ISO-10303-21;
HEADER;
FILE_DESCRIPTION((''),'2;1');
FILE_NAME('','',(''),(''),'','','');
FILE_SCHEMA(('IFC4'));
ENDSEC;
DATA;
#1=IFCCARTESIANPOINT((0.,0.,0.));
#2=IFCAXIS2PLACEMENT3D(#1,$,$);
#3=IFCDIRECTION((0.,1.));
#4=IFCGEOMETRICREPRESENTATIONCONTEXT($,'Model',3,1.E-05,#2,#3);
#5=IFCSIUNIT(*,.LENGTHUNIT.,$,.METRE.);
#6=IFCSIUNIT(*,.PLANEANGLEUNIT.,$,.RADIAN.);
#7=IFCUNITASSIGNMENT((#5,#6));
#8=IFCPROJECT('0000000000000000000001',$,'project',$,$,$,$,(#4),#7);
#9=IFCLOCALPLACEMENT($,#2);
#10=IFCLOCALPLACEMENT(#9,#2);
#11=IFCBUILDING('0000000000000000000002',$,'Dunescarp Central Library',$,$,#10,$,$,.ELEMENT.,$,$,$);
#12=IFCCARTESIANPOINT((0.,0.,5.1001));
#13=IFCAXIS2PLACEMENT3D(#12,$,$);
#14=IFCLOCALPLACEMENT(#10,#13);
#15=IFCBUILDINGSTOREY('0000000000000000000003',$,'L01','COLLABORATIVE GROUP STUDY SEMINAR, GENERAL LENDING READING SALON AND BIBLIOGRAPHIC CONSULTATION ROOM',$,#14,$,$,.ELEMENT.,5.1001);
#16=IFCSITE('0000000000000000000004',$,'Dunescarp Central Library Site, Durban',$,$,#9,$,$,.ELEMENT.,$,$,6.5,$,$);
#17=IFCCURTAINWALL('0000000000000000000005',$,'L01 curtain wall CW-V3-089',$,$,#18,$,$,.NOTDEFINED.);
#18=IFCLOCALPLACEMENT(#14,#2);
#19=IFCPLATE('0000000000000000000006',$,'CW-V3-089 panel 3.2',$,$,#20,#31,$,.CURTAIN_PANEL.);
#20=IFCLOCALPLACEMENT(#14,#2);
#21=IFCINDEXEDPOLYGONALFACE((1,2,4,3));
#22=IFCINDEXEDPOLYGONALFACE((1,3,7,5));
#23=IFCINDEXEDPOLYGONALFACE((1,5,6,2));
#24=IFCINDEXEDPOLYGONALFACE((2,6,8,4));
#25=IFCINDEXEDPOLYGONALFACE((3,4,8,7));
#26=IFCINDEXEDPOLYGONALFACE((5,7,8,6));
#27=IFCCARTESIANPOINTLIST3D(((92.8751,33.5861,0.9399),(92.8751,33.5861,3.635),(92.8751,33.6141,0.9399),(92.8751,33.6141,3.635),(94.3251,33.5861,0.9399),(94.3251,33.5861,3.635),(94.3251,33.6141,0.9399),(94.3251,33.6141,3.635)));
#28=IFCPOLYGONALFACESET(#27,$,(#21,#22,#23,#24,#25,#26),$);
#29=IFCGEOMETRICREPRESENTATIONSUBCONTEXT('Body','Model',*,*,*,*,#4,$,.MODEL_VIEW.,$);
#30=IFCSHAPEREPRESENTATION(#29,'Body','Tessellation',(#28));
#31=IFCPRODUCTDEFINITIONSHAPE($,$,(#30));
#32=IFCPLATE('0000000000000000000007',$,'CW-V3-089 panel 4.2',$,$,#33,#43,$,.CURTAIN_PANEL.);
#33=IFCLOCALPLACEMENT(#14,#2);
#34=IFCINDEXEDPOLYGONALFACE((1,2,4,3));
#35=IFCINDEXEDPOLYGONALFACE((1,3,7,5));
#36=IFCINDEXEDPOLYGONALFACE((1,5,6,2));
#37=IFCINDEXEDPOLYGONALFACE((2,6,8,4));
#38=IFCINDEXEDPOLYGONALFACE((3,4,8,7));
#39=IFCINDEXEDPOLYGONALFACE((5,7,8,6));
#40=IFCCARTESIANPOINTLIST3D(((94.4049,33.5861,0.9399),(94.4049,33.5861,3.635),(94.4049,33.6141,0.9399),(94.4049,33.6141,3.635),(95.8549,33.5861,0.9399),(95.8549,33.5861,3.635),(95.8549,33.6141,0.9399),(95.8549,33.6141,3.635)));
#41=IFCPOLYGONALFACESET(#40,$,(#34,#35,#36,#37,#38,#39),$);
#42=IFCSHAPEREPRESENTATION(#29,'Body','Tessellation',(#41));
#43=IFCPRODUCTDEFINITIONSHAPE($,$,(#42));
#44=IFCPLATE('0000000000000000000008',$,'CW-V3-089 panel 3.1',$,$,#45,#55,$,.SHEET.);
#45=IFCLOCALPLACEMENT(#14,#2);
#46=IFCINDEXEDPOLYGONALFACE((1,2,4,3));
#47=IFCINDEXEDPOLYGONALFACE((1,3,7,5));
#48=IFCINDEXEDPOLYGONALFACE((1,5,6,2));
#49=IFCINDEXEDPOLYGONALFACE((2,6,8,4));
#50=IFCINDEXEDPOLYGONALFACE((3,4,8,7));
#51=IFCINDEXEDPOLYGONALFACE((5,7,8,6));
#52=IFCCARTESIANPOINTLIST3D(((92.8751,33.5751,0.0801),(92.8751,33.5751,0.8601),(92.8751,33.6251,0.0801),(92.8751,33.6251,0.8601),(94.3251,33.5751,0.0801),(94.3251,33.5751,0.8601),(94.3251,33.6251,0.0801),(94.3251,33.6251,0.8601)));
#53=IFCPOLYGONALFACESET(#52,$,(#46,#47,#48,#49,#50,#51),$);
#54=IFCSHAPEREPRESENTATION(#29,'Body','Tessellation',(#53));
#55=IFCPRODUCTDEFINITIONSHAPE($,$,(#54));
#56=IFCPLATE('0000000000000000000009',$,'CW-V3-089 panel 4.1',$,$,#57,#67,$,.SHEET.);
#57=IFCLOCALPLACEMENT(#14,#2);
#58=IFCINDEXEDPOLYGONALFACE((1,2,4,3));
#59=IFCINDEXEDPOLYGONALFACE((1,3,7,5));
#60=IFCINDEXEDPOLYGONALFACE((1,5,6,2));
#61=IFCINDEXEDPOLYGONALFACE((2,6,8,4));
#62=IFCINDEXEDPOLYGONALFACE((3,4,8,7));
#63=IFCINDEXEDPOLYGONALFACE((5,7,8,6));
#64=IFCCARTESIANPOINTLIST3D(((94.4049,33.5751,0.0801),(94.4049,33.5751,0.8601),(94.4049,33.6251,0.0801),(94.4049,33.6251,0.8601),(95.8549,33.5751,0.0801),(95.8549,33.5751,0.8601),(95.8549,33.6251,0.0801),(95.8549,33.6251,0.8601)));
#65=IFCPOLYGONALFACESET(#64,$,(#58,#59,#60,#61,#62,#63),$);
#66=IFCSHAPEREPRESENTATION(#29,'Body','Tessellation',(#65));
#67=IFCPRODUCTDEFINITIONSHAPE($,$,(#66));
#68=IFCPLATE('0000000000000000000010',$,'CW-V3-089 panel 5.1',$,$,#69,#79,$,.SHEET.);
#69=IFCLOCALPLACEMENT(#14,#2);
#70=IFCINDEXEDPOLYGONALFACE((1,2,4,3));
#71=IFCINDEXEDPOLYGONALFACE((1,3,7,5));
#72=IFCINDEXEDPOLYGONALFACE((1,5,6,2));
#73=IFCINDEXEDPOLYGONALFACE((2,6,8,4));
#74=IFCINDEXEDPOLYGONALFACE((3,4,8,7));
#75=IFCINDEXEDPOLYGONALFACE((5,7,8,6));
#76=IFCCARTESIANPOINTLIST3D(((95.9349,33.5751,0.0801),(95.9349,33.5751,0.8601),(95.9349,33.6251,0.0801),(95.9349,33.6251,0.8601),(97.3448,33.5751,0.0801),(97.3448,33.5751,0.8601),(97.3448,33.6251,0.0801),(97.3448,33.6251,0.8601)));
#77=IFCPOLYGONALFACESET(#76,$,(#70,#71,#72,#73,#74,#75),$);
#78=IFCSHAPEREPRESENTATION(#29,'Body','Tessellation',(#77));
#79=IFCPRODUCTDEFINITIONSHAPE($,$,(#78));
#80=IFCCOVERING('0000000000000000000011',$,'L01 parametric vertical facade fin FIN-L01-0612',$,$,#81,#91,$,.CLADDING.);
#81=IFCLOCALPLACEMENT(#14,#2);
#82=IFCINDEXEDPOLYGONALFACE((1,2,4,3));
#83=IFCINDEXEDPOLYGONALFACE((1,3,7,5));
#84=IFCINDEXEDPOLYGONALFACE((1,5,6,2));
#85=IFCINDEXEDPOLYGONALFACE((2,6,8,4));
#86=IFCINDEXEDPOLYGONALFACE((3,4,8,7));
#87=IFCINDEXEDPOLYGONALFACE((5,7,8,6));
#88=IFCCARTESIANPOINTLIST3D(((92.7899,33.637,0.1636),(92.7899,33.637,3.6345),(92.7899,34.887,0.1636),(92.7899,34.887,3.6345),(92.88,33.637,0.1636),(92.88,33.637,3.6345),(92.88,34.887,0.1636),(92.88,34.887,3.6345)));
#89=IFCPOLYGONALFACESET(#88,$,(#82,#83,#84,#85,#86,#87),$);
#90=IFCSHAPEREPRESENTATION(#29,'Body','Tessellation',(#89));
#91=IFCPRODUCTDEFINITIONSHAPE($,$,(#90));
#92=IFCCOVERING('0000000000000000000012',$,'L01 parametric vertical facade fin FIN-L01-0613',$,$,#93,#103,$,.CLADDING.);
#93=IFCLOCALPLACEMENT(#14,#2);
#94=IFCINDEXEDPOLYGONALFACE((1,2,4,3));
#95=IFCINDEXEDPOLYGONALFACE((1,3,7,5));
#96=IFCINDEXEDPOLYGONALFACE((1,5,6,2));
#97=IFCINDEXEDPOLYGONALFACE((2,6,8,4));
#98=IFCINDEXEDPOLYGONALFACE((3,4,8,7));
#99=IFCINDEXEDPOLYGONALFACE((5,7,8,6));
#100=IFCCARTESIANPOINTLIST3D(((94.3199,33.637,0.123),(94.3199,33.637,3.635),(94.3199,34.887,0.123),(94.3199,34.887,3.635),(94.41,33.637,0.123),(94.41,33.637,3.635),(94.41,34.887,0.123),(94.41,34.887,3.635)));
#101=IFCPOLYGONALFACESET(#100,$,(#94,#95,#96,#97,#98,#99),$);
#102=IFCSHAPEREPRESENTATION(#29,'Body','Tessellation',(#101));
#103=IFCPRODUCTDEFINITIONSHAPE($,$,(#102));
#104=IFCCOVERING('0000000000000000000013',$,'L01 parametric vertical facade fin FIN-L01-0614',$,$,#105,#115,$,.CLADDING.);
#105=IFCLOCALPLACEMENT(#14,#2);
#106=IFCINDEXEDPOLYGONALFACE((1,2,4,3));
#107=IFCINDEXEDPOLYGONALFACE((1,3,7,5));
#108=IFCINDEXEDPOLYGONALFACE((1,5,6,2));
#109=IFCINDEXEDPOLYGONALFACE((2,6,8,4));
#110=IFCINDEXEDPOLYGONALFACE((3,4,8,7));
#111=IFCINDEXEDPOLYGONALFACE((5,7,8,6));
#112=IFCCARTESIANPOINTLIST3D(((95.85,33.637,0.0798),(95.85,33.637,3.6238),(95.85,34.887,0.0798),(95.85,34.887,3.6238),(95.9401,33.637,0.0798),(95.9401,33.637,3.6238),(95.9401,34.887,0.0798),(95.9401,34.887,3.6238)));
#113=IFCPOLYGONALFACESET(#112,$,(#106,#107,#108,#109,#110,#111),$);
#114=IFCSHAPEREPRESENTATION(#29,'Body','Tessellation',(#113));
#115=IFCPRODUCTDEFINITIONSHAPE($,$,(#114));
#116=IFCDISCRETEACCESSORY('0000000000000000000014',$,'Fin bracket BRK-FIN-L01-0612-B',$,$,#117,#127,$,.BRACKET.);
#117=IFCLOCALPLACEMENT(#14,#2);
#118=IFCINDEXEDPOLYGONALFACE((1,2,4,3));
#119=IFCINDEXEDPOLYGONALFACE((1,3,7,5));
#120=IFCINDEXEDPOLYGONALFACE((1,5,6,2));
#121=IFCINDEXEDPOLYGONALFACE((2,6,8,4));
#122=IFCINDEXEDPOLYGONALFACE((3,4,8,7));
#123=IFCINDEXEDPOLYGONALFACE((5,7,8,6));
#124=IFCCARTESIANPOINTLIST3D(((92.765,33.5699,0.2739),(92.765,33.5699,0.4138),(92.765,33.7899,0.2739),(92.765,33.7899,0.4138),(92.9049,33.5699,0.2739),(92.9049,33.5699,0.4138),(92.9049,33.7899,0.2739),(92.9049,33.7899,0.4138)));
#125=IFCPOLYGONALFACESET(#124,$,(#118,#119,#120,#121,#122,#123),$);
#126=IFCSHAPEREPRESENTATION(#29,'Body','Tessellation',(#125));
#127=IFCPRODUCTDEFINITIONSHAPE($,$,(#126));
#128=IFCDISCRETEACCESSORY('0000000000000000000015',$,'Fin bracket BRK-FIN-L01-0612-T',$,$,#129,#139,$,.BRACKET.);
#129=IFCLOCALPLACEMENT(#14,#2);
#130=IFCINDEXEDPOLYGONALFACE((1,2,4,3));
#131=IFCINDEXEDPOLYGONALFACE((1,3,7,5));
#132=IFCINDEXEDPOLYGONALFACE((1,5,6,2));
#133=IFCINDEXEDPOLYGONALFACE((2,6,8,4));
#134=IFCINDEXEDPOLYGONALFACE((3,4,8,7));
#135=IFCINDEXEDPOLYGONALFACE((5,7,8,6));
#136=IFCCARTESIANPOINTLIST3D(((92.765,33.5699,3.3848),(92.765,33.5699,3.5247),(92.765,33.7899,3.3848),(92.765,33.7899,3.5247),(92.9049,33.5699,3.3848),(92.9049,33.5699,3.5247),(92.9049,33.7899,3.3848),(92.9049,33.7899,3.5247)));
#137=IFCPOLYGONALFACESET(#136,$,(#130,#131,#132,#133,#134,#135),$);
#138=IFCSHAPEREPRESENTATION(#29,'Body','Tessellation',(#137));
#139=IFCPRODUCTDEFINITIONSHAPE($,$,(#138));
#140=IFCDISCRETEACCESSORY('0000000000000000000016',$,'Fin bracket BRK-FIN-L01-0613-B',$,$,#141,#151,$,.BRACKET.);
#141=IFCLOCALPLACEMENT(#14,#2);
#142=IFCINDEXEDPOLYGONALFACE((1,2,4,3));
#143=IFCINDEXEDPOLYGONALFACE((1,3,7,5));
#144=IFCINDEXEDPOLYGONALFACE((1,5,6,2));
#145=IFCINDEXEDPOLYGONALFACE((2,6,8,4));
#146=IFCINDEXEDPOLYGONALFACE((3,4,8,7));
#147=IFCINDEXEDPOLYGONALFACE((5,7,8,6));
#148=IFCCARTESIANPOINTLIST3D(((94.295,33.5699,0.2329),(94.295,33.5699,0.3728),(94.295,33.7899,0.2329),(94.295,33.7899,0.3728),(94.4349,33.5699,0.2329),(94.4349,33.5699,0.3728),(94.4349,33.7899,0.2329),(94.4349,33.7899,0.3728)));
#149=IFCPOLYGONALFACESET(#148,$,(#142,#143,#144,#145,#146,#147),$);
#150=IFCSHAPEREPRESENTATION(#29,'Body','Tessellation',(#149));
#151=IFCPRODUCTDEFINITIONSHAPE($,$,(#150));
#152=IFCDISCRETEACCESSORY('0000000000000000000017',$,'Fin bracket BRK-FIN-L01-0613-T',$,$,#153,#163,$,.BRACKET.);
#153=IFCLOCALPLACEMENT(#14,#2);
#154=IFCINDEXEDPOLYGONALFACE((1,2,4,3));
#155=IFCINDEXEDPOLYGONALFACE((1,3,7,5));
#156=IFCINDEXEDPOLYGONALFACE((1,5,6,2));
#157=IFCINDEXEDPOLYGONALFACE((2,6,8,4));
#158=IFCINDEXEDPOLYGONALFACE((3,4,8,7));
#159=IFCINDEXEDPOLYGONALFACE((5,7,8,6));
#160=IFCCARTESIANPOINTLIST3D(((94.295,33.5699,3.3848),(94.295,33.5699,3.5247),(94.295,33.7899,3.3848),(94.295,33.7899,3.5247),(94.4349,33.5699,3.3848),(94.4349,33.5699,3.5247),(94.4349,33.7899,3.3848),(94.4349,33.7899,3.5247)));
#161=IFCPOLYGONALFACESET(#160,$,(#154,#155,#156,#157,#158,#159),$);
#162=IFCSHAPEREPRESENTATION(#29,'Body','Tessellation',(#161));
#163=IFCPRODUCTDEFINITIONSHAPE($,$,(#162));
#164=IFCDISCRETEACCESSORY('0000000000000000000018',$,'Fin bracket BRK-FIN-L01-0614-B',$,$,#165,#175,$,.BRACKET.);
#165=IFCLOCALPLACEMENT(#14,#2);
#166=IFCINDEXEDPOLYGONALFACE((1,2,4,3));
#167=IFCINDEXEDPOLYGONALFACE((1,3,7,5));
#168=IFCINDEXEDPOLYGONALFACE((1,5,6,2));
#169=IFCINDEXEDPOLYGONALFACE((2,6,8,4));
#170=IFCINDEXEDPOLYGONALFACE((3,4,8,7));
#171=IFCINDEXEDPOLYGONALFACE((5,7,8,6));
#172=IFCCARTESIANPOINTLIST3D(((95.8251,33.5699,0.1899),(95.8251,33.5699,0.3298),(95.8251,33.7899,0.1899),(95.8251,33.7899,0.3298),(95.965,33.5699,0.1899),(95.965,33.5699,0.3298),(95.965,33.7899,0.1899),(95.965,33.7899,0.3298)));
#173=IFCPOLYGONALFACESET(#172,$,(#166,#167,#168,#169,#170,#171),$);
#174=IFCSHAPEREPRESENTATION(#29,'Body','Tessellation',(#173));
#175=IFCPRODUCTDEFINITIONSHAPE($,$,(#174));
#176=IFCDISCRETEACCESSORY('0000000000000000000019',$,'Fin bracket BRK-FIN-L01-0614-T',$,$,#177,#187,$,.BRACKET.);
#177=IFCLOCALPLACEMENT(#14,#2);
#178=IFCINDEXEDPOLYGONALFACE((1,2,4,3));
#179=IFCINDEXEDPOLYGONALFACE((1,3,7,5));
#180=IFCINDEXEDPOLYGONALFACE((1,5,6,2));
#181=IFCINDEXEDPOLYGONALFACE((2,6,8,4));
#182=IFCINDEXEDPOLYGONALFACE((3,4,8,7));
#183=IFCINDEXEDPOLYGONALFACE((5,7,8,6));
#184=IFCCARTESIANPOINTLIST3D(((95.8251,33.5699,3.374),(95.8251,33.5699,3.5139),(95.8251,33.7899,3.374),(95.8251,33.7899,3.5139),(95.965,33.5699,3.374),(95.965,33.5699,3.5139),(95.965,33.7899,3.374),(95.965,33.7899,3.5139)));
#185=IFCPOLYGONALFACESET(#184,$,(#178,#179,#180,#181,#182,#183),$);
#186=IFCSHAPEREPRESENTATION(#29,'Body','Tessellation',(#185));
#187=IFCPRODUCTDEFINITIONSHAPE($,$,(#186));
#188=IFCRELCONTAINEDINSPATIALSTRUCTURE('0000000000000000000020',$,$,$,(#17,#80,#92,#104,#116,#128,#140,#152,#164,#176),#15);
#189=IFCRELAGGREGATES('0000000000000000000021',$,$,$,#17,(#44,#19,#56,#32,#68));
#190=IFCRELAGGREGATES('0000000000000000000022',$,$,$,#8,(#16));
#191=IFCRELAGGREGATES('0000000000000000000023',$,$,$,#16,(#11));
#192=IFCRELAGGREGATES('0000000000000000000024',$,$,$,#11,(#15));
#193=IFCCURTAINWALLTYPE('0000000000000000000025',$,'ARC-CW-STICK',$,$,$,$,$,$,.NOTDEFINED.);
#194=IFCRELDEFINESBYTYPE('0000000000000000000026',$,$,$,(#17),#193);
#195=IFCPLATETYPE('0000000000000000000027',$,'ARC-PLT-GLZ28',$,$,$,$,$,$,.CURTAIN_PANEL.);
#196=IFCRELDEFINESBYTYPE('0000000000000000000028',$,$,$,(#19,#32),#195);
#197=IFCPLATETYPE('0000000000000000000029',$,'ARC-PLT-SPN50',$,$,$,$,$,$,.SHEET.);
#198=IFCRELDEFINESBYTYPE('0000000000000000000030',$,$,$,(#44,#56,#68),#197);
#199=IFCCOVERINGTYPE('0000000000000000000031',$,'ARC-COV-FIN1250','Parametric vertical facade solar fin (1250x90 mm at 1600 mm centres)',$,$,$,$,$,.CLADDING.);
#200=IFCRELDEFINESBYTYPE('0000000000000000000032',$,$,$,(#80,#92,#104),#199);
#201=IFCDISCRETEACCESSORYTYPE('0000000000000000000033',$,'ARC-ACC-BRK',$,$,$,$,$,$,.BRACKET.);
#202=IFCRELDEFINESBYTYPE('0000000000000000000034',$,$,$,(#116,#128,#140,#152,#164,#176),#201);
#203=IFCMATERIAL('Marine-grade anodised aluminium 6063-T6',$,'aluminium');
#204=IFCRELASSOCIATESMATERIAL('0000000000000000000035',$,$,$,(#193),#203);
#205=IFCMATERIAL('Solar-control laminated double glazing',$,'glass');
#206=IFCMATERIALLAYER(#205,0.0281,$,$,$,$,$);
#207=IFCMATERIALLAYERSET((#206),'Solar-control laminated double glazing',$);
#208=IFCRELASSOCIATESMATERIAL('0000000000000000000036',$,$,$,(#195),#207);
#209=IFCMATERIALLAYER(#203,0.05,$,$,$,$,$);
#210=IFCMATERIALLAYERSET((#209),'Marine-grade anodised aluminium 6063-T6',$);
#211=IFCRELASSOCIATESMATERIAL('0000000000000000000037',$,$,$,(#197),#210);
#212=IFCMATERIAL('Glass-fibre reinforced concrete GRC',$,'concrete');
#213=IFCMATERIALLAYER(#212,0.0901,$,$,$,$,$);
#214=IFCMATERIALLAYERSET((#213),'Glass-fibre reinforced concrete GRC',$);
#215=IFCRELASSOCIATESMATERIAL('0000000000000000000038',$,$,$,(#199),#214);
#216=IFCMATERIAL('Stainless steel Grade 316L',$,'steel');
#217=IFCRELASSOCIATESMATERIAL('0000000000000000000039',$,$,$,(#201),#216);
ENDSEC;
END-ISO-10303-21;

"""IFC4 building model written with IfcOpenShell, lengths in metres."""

from ifc_helpers import new_model, si_unit, direction, frame, origin, origin_2d, place, context, subcontext, project, spatial, rectangle, extrude, material, layer, layer_set, type_object, element, aggregate, save


model = new_model("IFC4")

# Units and contexts
model_context = context("Model", 3, precision=1e-05, world=origin(), true_north=direction((0.0, 1.0)))
body_context = subcontext(model_context, "Body", "Model", "MODEL_VIEW")
ifc_project = project(units=[si_unit("LENGTHUNIT", "METRE"), si_unit("PLANEANGLEUNIT", "RADIAN")], contexts=[model_context])

# Site, building, storey
site_placement = place(None, origin())
site = spatial("IfcSite", under=ifc_project, at=site_placement, Name="Dunescarp Central Library Site, Durban", CompositionType="ELEMENT", RefElevation=6.5)
building_placement = place(site_placement, origin())
building = spatial("IfcBuilding", under=site, at=building_placement, Name="Dunescarp Central Library", CompositionType="ELEMENT")
storey_placement = place(building_placement, frame((0.0, 0.0, 5.1001)))
storey = spatial("IfcBuildingStorey", under=building, at=storey_placement, Name="L01", Description="COLLABORATIVE GROUP STUDY SEMINAR, GENERAL LENDING READING SALON AND BIBLIOGRAPHIC CONSULTATION ROOM", CompositionType="ELEMENT", Elevation=5.1001)

# Curtain wall
ifc_material_1 = material(Name="Marine-grade anodised aluminium 6063-T6", Category="aluminium")
curtain_wall_type = type_object("IfcCurtainWallType", Name="ARC-CW-STICK", PredefinedType="NOTDEFINED", material=ifc_material_1)
curtain_wall_placement = place(storey_placement, origin())
curtain_wall = element("IfcCurtainWall", 1, at=curtain_wall_placement, inside=storey, type_object=curtain_wall_type, Name="L01 curtain wall CW-V3-089", PredefinedType="NOTDEFINED")

# Plates
ifc_material_2 = material(Name="Solar-control laminated double glazing", Category="glass")
ifc_layer_1 = layer(ifc_material_2, 0.0281)
ifc_layer_set_1 = layer_set([ifc_layer_1], Name="Solar-control laminated double glazing")
plate_type_1 = type_object("IfcPlateType", Name="ARC-PLT-GLZ28", PredefinedType="CURTAIN_PANEL", material=ifc_layer_set_1)
plate_1_placement = place(storey_placement, frame((93.6001, 33.6001, 0.9399), z_axis=(0.0, 0.0, 1.0), x_axis=(1.0, 0.0, 0.0)))
plate_1 = element("IfcPlate", 2, at=plate_1_placement, type_object=plate_type_1, Name="CW-V3-089 panel 3.2", PredefinedType="CURTAIN_PANEL", context=body_context, shape_type="SweptSolid", body=[
    extrude(rectangle(XDim=1.45, YDim=0.0281, at=origin_2d()), origin(), (0.0, 0.0, 1.0), 2.6951),
])
plate_2_placement = place(storey_placement, frame((95.1299, 33.6001, 0.9399), z_axis=(0.0, 0.0, 1.0), x_axis=(1.0, 0.0, 0.0)))
plate_2 = element("IfcPlate", 3, at=plate_2_placement, type_object=plate_type_1, Name="CW-V3-089 panel 4.2", PredefinedType="CURTAIN_PANEL", context=body_context, shape_type="SweptSolid", body=[
    extrude(rectangle(XDim=1.45, YDim=0.0281, at=origin_2d()), origin(), (0.0, 0.0, 1.0), 2.6951),
])
ifc_layer_2 = layer(ifc_material_1, 0.05)
ifc_layer_set_2 = layer_set([ifc_layer_2], Name="Marine-grade anodised aluminium 6063-T6")
plate_type_2 = type_object("IfcPlateType", Name="ARC-PLT-SPN50", PredefinedType="SHEET", material=ifc_layer_set_2)
plate_3_placement = place(storey_placement, frame((93.6001, 33.6001, 0.0801), z_axis=(0.0, 0.0, 1.0), x_axis=(1.0, 0.0, 0.0)))
plate_3 = element("IfcPlate", 4, at=plate_3_placement, type_object=plate_type_2, Name="CW-V3-089 panel 3.1", PredefinedType="SHEET", context=body_context, shape_type="SweptSolid", body=[
    extrude(rectangle(XDim=1.45, YDim=0.05, at=origin_2d()), origin(), (0.0, 0.0, 1.0), 0.78),
])
plate_4_placement = place(storey_placement, frame((95.1299, 33.6001, 0.0801), z_axis=(0.0, 0.0, 1.0), x_axis=(1.0, 0.0, 0.0)))
plate_4 = element("IfcPlate", 5, at=plate_4_placement, type_object=plate_type_2, Name="CW-V3-089 panel 4.1", PredefinedType="SHEET", context=body_context, shape_type="SweptSolid", body=[
    extrude(rectangle(XDim=1.45, YDim=0.05, at=origin_2d()), origin(), (0.0, 0.0, 1.0), 0.78),
])
plate_5_placement = place(storey_placement, frame((96.6399, 33.6001, 0.0801), z_axis=(0.0, 0.0, 1.0), x_axis=(1.0, 0.0, 0.0)))
plate_5 = element("IfcPlate", 6, at=plate_5_placement, type_object=plate_type_2, Name="CW-V3-089 panel 5.1", PredefinedType="SHEET", context=body_context, shape_type="SweptSolid", body=[
    extrude(rectangle(XDim=1.4099, YDim=0.05, at=origin_2d()), origin(), (0.0, 0.0, 1.0), 0.78),
])
aggregate(curtain_wall, [plate_3, plate_1, plate_4, plate_2, plate_5])

# Coverings
ifc_material_3 = material(Name="Glass-fibre reinforced concrete GRC", Category="concrete")
ifc_layer_3 = layer(ifc_material_3, 0.0901)
ifc_layer_set_3 = layer_set([ifc_layer_3], Name="Glass-fibre reinforced concrete GRC")
covering_type = type_object("IfcCoveringType", Name="ARC-COV-FIN1250", Description="Parametric vertical facade solar fin (1250x90 mm at 1600 mm centres)", PredefinedType="CLADDING", material=ifc_layer_set_3)
covering_1_placement = place(storey_placement, frame((92.835, 34.262, 0.1636), z_axis=(0.0, 0.0, 1.0), x_axis=(0.0, 1.0, 0.0)))
element("IfcCovering", 7, at=covering_1_placement, inside=storey, type_object=covering_type, Name="L01 parametric vertical facade fin FIN-L01-0612", PredefinedType="CLADDING", context=body_context, shape_type="SweptSolid", body=[
    extrude(rectangle(XDim=1.25, YDim=0.0901, at=origin_2d()), origin(), (0.0, 0.0, 1.0), 3.4709),
])
covering_2_placement = place(storey_placement, frame((94.365, 34.262, 0.123), z_axis=(0.0, 0.0, 1.0), x_axis=(0.0, 1.0, 0.0)))
element("IfcCovering", 8, at=covering_2_placement, inside=storey, type_object=covering_type, Name="L01 parametric vertical facade fin FIN-L01-0613", PredefinedType="CLADDING", context=body_context, shape_type="SweptSolid", body=[
    extrude(rectangle(XDim=1.25, YDim=0.0901, at=origin_2d()), origin(), (0.0, 0.0, 1.0), 3.512),
])
covering_3_placement = place(storey_placement, frame((95.895, 34.262, 0.0798), z_axis=(0.0, 0.0, 1.0), x_axis=(0.0, 1.0, 0.0)))
element("IfcCovering", 9, at=covering_3_placement, inside=storey, type_object=covering_type, Name="L01 parametric vertical facade fin FIN-L01-0614", PredefinedType="CLADDING", context=body_context, shape_type="SweptSolid", body=[
    extrude(rectangle(XDim=1.25, YDim=0.0901, at=origin_2d()), origin(), (0.0, 0.0, 1.0), 3.5439),
])

# Discrete accessories
ifc_material_4 = material(Name="Stainless steel Grade 316L", Category="steel")
discrete_accessory_type = type_object("IfcDiscreteAccessoryType", Name="ARC-ACC-BRK", PredefinedType="BRACKET", material=ifc_material_4)
for number, where, z_axis, x_axis, name in (
    (10, (92.835, 33.6799, 0.2739), (0.0, 0.0, 1.0), (0.0, 1.0, 0.0), "Fin bracket BRK-FIN-L01-0612-B"),
    (11, (92.835, 33.6799, 3.3848), (0.0, 0.0, 1.0), (0.0, 1.0, 0.0), "Fin bracket BRK-FIN-L01-0612-T"),
    (12, (94.365, 33.6799, 0.2329), (0.0, 0.0, 1.0), (0.0, 1.0, 0.0), "Fin bracket BRK-FIN-L01-0613-B"),
    (13, (94.365, 33.6799, 3.3848), (0.0, 0.0, 1.0), (0.0, 1.0, 0.0), "Fin bracket BRK-FIN-L01-0613-T"),
    (14, (95.895, 33.6799, 0.1899), (0.0, 0.0, 1.0), (0.0, 1.0, 0.0), "Fin bracket BRK-FIN-L01-0614-B"),
    (15, (95.895, 33.6799, 3.374), (0.0, 0.0, 1.0), (0.0, 1.0, 0.0), "Fin bracket BRK-FIN-L01-0614-T"),
):
    element("IfcDiscreteAccessory", number, at=place(storey_placement, frame(where, z_axis=z_axis, x_axis=x_axis)), inside=storey, type_object=discrete_accessory_type, Name=name, PredefinedType="BRACKET", context=body_context, shape_type="SweptSolid", body=[
        extrude(rectangle(XDim=0.22, YDim=0.1399, at=origin_2d()), origin(), (0.0, 0.0, 1.0), 0.1399),
    ])

save(model, "model.ifc")
